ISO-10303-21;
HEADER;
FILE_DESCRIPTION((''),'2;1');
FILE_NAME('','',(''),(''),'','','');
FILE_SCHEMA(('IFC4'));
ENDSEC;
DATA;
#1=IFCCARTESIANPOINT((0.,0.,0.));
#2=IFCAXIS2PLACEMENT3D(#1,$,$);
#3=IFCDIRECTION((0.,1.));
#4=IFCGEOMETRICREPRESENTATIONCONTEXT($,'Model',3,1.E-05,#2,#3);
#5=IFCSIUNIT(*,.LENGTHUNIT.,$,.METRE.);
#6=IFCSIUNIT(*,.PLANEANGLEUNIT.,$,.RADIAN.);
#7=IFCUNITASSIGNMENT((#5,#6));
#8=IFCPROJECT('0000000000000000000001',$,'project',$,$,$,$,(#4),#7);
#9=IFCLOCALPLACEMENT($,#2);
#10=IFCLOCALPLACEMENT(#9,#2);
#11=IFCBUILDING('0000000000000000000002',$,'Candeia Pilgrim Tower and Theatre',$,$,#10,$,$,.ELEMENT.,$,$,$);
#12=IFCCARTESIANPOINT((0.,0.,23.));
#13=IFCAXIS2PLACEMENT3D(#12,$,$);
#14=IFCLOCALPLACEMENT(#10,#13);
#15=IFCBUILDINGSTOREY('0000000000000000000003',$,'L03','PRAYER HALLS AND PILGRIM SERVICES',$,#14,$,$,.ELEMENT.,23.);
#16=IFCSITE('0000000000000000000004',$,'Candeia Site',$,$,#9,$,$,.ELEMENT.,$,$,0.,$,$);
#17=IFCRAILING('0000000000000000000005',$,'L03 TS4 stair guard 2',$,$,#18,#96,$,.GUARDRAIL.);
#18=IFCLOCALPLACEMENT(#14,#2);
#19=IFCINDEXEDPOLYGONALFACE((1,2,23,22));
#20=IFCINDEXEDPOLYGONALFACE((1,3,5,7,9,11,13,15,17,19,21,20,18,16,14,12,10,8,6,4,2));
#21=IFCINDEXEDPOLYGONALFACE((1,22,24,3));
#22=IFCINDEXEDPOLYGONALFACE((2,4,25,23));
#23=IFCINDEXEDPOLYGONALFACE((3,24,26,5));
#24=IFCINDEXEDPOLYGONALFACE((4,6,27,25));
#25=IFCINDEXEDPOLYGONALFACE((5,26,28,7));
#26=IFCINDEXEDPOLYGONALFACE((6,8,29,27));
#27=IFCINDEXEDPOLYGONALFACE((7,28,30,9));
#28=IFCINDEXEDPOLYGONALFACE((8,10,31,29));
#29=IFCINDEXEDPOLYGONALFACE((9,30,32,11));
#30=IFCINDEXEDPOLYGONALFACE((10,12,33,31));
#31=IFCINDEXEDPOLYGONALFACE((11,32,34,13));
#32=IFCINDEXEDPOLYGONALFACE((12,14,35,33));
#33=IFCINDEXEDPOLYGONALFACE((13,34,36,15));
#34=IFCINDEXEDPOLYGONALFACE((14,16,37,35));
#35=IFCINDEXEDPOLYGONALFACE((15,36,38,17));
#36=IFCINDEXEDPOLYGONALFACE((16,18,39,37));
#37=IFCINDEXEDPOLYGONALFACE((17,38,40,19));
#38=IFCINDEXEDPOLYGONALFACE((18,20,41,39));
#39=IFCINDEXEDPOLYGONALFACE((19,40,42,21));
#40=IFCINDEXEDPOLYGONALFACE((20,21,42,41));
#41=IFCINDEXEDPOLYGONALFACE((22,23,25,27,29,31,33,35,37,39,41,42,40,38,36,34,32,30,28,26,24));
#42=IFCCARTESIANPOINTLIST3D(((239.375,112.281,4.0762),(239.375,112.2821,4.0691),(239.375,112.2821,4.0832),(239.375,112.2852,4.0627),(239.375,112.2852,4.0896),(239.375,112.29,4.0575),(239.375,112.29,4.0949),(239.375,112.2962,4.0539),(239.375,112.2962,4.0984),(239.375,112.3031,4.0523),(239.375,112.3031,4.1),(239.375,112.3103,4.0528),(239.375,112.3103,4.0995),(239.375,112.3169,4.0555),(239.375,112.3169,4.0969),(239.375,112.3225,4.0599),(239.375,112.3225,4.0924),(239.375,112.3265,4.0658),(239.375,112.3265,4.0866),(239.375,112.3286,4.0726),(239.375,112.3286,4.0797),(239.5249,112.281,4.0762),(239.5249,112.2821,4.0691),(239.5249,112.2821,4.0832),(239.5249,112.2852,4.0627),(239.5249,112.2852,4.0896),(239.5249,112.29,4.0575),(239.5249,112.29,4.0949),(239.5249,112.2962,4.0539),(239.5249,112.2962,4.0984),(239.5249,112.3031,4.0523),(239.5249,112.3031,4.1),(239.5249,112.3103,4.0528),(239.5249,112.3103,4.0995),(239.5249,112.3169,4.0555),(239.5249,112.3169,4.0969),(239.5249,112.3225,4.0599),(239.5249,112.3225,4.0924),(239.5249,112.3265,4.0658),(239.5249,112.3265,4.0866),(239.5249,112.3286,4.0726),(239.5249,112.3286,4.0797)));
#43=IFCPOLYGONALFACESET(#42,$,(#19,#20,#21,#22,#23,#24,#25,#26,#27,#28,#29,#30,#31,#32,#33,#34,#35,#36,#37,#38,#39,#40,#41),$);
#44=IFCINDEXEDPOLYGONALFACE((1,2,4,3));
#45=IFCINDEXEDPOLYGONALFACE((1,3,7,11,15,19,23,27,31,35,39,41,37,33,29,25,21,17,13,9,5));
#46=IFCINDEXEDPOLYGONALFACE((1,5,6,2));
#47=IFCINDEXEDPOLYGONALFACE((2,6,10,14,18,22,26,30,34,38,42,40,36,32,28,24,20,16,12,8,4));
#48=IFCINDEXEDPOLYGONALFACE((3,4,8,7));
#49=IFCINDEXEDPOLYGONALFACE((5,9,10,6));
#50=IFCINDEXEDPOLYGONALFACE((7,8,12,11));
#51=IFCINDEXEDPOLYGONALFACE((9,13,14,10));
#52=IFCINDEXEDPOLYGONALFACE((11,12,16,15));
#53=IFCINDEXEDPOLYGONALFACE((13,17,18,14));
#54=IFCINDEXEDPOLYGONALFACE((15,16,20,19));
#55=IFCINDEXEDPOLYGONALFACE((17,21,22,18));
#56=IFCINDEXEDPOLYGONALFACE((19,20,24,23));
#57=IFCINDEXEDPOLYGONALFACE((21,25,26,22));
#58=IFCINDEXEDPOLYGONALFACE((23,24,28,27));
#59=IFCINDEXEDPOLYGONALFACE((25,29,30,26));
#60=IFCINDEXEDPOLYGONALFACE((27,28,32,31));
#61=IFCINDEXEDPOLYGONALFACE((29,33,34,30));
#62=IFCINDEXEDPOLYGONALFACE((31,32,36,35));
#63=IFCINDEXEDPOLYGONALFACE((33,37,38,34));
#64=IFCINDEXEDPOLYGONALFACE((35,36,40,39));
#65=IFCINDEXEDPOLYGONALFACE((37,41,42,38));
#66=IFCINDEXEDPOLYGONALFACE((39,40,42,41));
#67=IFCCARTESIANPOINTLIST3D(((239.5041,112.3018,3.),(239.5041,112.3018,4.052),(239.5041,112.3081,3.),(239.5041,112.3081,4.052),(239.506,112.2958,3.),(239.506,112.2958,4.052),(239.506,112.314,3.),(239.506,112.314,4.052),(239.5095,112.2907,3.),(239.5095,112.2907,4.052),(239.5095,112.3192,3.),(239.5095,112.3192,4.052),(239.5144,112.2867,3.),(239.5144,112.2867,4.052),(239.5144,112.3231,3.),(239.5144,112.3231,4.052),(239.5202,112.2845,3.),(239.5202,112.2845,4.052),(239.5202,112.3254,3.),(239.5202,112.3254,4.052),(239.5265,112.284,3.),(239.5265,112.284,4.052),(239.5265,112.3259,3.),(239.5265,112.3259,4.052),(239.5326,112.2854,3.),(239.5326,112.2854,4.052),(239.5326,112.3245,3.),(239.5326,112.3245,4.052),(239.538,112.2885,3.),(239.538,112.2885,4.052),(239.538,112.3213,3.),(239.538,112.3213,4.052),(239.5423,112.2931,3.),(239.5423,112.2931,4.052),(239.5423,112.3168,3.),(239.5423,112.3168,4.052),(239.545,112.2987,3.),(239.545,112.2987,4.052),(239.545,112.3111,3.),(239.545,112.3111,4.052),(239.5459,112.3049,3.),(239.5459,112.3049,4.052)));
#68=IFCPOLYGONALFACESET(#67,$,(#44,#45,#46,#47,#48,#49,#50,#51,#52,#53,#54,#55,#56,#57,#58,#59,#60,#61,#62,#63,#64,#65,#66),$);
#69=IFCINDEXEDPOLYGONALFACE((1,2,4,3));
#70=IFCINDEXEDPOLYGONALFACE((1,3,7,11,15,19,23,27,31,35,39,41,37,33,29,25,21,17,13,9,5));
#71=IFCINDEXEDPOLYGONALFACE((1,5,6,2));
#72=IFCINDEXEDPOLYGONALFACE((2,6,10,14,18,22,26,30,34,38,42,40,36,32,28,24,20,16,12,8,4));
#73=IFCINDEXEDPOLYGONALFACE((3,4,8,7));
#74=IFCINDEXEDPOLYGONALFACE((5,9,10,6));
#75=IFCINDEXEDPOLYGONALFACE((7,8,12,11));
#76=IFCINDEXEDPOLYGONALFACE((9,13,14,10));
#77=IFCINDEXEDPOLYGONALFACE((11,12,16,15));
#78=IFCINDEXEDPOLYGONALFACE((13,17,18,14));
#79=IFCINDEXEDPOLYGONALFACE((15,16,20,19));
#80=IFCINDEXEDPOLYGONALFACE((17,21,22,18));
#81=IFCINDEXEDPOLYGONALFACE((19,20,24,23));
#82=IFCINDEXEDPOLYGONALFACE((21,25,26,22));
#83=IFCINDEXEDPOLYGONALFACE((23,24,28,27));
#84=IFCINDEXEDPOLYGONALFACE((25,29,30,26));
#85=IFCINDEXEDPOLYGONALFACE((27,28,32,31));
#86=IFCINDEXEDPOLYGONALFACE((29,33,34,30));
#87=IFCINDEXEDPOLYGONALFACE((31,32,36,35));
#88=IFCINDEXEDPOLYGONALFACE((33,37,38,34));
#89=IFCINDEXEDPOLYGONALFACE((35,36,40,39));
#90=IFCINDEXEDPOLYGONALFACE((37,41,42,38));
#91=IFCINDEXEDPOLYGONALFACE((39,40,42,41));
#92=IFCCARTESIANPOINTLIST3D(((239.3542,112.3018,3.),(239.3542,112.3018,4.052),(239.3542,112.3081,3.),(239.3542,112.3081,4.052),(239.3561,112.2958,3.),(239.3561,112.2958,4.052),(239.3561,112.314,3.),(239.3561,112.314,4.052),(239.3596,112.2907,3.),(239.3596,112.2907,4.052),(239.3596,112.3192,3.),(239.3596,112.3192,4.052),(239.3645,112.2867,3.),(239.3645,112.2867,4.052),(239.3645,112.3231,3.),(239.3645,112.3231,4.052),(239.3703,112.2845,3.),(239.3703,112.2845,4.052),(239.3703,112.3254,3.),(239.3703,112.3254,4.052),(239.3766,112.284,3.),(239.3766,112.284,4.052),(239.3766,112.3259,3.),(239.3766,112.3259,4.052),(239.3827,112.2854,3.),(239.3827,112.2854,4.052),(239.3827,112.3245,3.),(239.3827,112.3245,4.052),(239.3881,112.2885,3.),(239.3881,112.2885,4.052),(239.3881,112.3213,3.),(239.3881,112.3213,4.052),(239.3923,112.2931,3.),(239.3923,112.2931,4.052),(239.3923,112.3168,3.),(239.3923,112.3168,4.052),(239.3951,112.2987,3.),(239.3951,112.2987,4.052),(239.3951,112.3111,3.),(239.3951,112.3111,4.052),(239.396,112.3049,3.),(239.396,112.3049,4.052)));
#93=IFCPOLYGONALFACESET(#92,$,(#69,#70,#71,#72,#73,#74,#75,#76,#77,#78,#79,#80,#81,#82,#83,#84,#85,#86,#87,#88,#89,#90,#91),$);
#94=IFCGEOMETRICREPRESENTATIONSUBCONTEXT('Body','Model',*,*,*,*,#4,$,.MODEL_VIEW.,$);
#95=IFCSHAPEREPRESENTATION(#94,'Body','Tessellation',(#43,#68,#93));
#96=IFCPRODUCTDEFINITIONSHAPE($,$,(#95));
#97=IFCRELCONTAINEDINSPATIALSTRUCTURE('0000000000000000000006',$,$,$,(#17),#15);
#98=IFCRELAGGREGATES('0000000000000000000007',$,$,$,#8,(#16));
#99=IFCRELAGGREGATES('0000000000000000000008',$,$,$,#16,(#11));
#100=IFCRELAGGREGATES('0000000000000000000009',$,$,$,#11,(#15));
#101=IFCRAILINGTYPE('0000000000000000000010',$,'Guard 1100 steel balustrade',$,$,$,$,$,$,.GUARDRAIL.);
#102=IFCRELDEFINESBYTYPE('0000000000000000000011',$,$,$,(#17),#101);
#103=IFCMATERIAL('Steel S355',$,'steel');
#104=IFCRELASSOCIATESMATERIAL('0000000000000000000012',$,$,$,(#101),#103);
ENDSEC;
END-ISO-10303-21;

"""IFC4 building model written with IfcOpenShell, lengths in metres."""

from ifc_helpers import new_model, si_unit, direction, frame, origin, origin_2d, place, context, subcontext, project, spatial, circle, extrude, material, type_object, element, save


model = new_model("IFC4")

# Units and contexts
model_context = context("Model", 3, precision=1e-05, world=origin(), true_north=direction((0.0, 1.0)))
body_context = subcontext(model_context, "Body", "Model", "MODEL_VIEW")
ifc_project = project(units=[si_unit("LENGTHUNIT", "METRE"), si_unit("PLANEANGLEUNIT", "RADIAN")], contexts=[model_context])

# Site, building, storey
site_placement = place(None, origin())
site = spatial("IfcSite", under=ifc_project, at=site_placement, Name="Candeia Site", CompositionType="ELEMENT", RefElevation=0.0)
building_placement = place(site_placement, origin())
building = spatial("IfcBuilding", under=site, at=building_placement, Name="Candeia Pilgrim Tower and Theatre", CompositionType="ELEMENT")
storey_placement = place(building_placement, frame((0.0, 0.0, 23.0)))
storey = spatial("IfcBuildingStorey", under=building, at=storey_placement, Name="L03", Description="PRAYER HALLS AND PILGRIM SERVICES", CompositionType="ELEMENT", Elevation=23.0)

# Railing
ifc_material_1 = material(Name="Steel S355", Category="steel")
railing_type_1 = type_object("IfcRailingType", Name="Guard 1100 steel balustrade", PredefinedType="GUARDRAIL", material=ifc_material_1)
railing_1_placement = place(storey_placement, frame((239.5249, 112.3049, 3.0)))
element("IfcRailing", 1, at=railing_1_placement, inside=storey, type_object=railing_type_1, Name="L03 TS4 stair guard 2", PredefinedType="GUARDRAIL", context=body_context, shape_type="SweptSolid", body=[
    extrude(circle(Radius=0.0239, at=origin_2d()), frame((0.0, 0.0, 1.0762), z_axis=(-1.0, 0.0, 0.0), x_axis=(0.0, -1.0, 0.0)), (0.0, 0.0, 1.0), 0.1499),
    extrude(circle(Radius=0.021, at=origin_2d()), origin(), (0.0, 0.0, 1.0), 1.052),
    extrude(circle(Radius=0.021, at=origin_2d()), frame((-0.1499, 0.0, 0.0)), (0.0, 0.0, 1.0), 1.052),
])

save(model, "model.ifc")
